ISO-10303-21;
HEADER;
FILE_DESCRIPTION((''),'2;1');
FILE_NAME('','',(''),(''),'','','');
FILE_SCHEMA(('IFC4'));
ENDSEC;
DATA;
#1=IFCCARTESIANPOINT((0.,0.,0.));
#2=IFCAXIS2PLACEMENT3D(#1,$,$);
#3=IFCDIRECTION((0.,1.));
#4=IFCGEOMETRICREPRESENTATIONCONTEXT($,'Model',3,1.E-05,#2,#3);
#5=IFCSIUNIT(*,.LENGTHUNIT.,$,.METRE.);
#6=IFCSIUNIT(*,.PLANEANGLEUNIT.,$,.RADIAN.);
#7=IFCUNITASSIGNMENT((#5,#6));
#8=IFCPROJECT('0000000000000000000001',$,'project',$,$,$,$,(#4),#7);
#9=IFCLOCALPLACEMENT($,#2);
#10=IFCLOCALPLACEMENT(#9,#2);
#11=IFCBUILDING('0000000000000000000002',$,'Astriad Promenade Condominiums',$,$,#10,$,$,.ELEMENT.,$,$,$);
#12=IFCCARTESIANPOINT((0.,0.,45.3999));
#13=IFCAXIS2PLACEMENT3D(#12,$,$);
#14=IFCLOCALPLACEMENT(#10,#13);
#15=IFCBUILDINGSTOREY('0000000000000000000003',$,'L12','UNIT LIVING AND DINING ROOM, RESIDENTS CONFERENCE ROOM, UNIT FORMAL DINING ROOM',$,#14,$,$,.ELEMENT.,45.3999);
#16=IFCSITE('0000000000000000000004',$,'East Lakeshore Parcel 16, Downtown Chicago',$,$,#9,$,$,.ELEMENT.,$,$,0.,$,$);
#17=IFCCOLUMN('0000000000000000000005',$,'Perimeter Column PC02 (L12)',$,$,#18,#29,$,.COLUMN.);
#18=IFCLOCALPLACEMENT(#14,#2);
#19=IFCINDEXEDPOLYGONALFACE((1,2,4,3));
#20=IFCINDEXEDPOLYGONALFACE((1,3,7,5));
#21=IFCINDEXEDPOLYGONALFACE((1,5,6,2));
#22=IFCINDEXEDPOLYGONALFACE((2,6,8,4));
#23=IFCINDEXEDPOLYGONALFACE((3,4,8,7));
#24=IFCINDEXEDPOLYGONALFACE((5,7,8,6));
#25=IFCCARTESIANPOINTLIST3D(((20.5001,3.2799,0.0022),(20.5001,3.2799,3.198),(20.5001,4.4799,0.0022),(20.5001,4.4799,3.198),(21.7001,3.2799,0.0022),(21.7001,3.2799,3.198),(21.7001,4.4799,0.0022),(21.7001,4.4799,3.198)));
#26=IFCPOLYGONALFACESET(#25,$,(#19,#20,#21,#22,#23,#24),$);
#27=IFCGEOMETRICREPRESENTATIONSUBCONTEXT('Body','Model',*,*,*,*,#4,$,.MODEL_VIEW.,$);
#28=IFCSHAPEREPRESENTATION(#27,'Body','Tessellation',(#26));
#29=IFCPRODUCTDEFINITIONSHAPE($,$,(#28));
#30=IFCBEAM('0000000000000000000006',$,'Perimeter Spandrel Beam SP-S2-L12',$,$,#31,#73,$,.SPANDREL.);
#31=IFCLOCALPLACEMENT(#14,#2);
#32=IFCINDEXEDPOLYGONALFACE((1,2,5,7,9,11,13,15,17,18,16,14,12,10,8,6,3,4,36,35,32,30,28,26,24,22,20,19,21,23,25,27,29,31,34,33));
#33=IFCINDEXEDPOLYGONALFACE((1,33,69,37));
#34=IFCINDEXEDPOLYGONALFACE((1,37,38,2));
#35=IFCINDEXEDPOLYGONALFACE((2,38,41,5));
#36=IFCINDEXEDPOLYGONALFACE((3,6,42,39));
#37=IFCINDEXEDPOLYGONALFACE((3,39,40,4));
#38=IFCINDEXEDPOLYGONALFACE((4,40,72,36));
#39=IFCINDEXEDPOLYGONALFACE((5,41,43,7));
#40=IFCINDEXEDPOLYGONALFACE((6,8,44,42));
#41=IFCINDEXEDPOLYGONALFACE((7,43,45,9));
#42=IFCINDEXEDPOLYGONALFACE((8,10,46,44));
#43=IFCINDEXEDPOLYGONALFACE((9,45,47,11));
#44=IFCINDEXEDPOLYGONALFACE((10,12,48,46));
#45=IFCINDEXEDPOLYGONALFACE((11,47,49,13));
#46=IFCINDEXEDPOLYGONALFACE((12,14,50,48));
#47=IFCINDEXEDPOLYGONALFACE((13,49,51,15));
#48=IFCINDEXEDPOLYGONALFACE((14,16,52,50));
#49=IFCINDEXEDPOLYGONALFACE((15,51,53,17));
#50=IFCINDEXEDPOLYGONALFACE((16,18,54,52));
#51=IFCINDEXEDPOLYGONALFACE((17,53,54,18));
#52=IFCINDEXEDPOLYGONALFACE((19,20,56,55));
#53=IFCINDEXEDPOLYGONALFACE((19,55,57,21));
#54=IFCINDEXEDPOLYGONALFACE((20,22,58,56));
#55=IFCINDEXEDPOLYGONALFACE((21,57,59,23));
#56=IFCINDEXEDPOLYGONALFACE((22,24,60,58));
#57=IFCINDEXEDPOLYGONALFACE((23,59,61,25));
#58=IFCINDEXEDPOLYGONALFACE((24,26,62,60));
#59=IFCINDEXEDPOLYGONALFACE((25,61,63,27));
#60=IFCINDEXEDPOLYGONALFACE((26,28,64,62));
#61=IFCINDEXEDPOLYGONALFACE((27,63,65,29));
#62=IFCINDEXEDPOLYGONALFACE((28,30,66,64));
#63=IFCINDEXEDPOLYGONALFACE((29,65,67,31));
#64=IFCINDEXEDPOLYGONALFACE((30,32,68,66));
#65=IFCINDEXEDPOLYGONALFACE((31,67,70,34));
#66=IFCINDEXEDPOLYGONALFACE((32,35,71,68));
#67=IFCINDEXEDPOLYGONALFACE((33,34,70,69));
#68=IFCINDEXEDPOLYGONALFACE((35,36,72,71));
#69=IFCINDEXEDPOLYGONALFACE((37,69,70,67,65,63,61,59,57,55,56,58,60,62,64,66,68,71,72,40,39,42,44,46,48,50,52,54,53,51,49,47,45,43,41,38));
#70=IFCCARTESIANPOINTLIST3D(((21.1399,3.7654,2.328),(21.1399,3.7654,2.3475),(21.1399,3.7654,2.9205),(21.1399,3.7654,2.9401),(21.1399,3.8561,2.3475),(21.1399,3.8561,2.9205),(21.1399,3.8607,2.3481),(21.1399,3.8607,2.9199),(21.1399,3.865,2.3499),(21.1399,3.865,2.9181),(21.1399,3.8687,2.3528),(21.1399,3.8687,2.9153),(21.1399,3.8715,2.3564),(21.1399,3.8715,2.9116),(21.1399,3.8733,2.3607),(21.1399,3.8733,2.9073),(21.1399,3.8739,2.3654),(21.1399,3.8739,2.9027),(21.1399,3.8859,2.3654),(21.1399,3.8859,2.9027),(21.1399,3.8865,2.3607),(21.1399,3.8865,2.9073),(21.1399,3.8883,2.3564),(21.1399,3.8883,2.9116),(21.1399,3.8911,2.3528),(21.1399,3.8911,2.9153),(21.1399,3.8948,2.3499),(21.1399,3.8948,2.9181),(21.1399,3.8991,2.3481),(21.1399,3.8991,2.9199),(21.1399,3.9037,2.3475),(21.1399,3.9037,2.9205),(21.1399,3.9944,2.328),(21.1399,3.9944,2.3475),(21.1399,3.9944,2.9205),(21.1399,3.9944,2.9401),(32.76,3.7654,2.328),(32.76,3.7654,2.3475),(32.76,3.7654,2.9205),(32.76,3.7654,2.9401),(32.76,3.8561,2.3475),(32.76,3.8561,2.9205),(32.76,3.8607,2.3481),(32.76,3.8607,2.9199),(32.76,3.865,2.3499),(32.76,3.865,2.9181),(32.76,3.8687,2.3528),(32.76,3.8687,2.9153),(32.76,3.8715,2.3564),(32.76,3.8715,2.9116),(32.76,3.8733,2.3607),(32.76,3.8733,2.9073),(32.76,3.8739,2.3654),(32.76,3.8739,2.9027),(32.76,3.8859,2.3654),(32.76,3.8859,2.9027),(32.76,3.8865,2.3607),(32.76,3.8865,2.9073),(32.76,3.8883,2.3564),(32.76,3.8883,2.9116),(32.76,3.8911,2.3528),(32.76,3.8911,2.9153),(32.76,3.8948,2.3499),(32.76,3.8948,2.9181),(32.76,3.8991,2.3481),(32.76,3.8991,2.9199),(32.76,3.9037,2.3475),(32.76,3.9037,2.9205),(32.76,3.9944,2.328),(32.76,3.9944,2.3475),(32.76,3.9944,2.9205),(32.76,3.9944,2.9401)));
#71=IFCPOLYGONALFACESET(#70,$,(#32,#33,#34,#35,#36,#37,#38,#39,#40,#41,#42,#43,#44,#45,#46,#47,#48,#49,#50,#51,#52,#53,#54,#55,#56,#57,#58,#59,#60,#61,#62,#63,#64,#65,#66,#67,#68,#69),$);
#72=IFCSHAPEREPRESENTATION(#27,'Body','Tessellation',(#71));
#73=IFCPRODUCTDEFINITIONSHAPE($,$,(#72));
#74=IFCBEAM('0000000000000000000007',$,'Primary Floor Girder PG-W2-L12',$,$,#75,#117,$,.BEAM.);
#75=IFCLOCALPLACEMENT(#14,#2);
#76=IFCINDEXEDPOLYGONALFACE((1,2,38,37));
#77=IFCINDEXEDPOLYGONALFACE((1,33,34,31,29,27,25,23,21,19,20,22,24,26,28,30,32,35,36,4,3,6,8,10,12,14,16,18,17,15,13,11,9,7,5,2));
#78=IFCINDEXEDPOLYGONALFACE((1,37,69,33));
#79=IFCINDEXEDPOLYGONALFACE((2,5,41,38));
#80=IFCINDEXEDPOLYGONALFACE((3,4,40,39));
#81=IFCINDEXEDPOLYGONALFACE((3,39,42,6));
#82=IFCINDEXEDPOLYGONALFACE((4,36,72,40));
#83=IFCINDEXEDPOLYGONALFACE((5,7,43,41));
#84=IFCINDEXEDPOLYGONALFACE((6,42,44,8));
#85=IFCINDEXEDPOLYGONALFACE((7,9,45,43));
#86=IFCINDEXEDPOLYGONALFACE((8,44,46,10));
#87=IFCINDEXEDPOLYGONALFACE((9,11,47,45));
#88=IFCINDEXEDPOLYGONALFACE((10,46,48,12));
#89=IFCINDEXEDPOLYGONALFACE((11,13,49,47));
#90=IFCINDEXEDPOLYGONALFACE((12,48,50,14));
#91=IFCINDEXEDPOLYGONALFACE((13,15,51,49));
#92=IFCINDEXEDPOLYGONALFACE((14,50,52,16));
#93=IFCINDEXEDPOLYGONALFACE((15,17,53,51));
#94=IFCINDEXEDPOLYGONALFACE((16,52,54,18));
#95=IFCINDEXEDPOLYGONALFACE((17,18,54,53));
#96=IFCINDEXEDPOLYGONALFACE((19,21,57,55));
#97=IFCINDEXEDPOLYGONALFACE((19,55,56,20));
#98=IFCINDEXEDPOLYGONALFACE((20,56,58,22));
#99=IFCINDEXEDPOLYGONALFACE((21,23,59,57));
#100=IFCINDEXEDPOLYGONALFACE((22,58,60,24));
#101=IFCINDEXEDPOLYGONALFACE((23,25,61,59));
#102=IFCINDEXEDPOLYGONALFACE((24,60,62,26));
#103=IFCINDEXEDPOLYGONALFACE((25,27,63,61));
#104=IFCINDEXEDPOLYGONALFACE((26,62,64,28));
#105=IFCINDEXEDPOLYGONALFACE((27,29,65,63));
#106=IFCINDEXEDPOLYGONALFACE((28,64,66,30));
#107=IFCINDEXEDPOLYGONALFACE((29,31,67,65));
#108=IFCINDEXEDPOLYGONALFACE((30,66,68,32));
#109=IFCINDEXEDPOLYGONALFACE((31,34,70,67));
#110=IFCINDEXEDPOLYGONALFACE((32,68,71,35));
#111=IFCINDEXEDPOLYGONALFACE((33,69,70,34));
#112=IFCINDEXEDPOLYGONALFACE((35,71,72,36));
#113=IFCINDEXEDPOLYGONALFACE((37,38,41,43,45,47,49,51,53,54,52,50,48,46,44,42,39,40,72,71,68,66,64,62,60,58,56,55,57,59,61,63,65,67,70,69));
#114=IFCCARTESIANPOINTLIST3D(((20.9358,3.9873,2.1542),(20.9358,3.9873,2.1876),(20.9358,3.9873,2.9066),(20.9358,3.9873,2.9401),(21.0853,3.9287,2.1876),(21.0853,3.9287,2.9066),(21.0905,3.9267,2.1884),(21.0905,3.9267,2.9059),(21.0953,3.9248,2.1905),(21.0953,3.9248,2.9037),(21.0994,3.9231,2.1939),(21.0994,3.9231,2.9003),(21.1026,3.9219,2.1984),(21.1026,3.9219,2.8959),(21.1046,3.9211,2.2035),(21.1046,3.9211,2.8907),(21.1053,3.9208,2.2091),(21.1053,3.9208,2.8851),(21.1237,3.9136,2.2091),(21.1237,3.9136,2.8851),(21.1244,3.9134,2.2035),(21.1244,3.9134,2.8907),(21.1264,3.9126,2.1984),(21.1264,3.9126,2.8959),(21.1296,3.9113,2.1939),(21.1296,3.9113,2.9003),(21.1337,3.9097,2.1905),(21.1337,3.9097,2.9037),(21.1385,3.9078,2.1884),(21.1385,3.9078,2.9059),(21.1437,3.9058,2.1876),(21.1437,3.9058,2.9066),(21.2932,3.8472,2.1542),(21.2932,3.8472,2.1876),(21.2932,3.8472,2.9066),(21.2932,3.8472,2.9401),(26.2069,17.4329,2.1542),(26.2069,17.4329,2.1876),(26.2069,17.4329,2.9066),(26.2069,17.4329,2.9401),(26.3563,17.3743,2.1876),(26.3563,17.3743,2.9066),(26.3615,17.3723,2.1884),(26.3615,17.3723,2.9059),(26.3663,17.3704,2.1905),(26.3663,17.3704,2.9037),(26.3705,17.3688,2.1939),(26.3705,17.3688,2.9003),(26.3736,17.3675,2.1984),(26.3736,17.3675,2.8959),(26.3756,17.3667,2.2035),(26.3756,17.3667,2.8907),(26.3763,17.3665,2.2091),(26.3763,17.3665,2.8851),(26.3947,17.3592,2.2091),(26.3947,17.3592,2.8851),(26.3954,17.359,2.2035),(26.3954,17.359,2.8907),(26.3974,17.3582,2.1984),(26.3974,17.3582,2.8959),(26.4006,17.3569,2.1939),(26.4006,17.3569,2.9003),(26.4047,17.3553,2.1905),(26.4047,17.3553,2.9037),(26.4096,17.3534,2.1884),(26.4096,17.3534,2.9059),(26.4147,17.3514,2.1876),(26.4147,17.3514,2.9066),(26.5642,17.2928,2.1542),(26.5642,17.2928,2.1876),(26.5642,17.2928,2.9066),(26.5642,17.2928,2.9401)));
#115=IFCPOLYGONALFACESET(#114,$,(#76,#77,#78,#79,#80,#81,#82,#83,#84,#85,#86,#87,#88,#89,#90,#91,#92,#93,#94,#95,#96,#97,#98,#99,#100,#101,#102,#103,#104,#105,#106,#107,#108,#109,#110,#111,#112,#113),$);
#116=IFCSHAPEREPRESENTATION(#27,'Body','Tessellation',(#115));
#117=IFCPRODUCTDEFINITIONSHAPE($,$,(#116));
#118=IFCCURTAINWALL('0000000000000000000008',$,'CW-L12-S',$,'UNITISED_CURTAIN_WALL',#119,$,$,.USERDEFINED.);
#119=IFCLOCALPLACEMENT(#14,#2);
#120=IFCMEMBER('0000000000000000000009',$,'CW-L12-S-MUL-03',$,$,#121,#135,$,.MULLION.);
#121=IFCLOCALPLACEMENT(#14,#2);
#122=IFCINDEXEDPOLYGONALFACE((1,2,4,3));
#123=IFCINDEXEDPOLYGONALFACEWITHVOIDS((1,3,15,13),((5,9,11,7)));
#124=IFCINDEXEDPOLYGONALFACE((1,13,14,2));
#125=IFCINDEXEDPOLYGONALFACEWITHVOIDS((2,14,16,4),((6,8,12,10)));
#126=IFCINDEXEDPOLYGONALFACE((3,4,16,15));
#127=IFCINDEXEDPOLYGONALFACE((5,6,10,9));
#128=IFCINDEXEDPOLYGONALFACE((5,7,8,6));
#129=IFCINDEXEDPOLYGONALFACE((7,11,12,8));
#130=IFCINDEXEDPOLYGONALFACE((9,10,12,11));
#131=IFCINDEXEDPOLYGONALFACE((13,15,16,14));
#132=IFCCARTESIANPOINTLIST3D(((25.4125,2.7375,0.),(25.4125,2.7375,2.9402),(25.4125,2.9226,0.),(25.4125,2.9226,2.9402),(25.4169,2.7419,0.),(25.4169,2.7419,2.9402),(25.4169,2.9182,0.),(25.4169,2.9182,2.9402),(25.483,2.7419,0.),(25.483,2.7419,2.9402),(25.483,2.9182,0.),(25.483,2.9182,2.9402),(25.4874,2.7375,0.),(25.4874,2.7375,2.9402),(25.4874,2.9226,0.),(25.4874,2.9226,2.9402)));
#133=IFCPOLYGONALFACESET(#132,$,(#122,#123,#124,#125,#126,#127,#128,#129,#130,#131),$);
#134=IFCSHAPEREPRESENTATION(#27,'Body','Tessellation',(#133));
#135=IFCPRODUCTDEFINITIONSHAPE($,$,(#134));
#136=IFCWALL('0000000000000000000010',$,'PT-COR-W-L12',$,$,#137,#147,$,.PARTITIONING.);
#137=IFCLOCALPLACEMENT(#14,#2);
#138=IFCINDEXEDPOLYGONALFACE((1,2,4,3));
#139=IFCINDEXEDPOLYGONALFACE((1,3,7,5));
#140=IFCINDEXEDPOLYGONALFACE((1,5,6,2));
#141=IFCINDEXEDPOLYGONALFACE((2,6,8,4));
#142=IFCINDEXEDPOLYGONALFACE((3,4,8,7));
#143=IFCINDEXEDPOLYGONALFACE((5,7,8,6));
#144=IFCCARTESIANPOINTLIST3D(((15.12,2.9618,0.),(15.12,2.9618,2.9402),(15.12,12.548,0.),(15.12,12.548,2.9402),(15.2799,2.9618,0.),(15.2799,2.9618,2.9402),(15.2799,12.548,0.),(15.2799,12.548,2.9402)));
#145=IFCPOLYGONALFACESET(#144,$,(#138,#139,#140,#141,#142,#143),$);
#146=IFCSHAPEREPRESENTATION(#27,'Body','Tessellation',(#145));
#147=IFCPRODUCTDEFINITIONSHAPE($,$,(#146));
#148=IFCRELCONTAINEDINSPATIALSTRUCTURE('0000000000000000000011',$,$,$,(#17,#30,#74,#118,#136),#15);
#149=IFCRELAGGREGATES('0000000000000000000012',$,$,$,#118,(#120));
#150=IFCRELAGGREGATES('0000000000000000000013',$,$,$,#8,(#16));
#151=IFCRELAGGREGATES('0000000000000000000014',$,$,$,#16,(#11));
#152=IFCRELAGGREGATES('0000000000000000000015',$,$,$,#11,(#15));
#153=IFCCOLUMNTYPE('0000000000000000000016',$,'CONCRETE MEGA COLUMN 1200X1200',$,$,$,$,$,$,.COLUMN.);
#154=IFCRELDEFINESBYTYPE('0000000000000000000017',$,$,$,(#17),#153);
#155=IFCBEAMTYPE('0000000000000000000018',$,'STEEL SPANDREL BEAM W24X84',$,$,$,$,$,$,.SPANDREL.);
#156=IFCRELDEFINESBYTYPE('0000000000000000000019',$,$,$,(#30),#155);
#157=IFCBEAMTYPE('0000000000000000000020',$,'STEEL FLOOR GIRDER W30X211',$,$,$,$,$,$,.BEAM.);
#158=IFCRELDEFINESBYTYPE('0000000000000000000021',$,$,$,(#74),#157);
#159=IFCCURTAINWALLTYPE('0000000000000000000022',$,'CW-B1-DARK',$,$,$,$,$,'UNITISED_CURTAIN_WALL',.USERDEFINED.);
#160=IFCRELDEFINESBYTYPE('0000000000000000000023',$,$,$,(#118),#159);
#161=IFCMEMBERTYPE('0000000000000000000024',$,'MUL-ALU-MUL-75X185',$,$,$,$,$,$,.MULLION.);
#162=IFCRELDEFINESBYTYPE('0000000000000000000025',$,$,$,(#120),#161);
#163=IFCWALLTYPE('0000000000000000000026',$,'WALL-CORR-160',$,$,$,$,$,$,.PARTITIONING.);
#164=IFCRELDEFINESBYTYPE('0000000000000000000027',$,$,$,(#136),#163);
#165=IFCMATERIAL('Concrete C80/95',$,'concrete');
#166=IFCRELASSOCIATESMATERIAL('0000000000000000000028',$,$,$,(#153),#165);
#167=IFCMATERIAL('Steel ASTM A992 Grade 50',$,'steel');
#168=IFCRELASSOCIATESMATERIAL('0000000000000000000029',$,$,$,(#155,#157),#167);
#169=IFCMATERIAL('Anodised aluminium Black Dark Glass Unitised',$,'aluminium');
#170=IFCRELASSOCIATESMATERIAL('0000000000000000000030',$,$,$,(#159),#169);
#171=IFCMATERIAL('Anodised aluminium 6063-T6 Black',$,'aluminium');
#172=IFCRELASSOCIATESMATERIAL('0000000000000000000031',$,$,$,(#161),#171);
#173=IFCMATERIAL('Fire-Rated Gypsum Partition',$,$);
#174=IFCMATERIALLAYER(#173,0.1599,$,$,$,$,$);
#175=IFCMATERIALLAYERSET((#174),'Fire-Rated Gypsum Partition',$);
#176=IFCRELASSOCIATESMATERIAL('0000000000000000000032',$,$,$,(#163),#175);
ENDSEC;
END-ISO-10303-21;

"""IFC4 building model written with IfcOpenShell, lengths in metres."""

from ifc_helpers import new_model, si_unit, direction, frame, frame_2d, origin, origin_2d, place, context, subcontext, project, spatial, rectangle, hollow_rectangle, i_section, extrude, source, transform, mapped, material, layer, layer_set, material_profile, profile_set, type_object, type_shapes, element, aggregate, save


model = new_model("IFC4")

# Units and contexts
model_context = context("Model", 3, precision=1e-05, world=origin(), true_north=direction((0.0, 1.0)))
body_context = subcontext(model_context, "Body", "Model", "MODEL_VIEW")
ifc_project = project(units=[si_unit("LENGTHUNIT", "METRE"), si_unit("PLANEANGLEUNIT", "RADIAN")], contexts=[model_context])

# Site, building, storey
site_placement = place(None, origin())
site = spatial("IfcSite", under=ifc_project, at=site_placement, Name="East Lakeshore Parcel 16, Downtown Chicago", CompositionType="ELEMENT", RefElevation=0.0)
building_placement = place(site_placement, origin())
building = spatial("IfcBuilding", under=site, at=building_placement, Name="Astriad Promenade Condominiums", CompositionType="ELEMENT")
storey_placement = place(building_placement, frame((0.0, 0.0, 45.3999)))
storey = spatial("IfcBuildingStorey", under=building, at=storey_placement, Name="L12", Description="UNIT LIVING AND DINING ROOM, RESIDENTS CONFERENCE ROOM, UNIT FORMAL DINING ROOM", CompositionType="ELEMENT", Elevation=45.3999)

# Column
ifc_material_1 = material(Name="Concrete C80/95", Category="concrete")
ifc_material_profile_1 = material_profile(ifc_material_1, rectangle(XDim=1.2, YDim=1.2, at=origin_2d()), Name="RC-COL-1200X1200")
ifc_profile_set_1 = profile_set([ifc_material_profile_1], Name="Concrete C80/95")
column_type = type_object("IfcColumnType", Name="CONCRETE MEGA COLUMN 1200X1200", PredefinedType="COLUMN", material=ifc_profile_set_1)
shared_shape_1 = source(origin(), body_context, "Body", "SweptSolid", [
    extrude(rectangle(XDim=1.2, YDim=1.2, at=origin_2d()), origin(), (0.0, 0.0, 1.0), 3.1958),
])
type_shapes(column_type, [shared_shape_1])
column_placement = place(storey_placement, frame((21.1001, 3.8799, 0.0022), z_axis=(0.0, 0.0, 1.0), x_axis=(1.0, 0.0, 0.0)))
element("IfcColumn", 1, at=column_placement, inside=storey, type_object=column_type, Name="Perimeter Column PC02 (L12)", PredefinedType="COLUMN", context=body_context, shape_type="MappedRepresentation", body=[
    mapped(shared_shape_1, transform((0.0, 0.0, 0.0), scale=1.0)),
])

# Beams
ifc_material_2 = material(Name="Steel ASTM A992 Grade 50", Category="steel")
ifc_material_profile_2 = material_profile(ifc_material_2, i_section(OverallWidth=0.229, OverallDepth=0.6121, WebThickness=0.012, FlangeThickness=0.0195, FilletRadius=0.0178, at=origin_2d()), Name="W24X84")
ifc_profile_set_2 = profile_set([ifc_material_profile_2], Name="Steel ASTM A992 Grade 50")
beam_type_1 = type_object("IfcBeamType", Name="STEEL SPANDREL BEAM W24X84", PredefinedType="SPANDREL", material=ifc_profile_set_2)
shared_shape_2 = source(origin(), body_context, "Body", "SweptSolid", [
    extrude(i_section(OverallWidth=0.229, OverallDepth=0.6121, WebThickness=0.012, FlangeThickness=0.0195, FilletRadius=0.0178, at=origin_2d()), origin(), (0.0, 0.0, 1.0), 11.6201),
])
type_shapes(beam_type_1, [shared_shape_2])
beam_1_placement = place(storey_placement, frame((21.1399, 3.8799, 2.634), z_axis=(1.0, 0.0, 0.0), x_axis=(0.0, 1.0, 0.0)))
element("IfcBeam", 2, at=beam_1_placement, inside=storey, type_object=beam_type_1, Name="Perimeter Spandrel Beam SP-S2-L12", PredefinedType="SPANDREL", context=body_context, shape_type="MappedRepresentation", body=[
    mapped(shared_shape_2, transform((0.0, 0.0, 0.0), scale=1.0)),
])
ifc_material_profile_3 = material_profile(ifc_material_2, i_section(OverallWidth=0.3838, OverallDepth=0.7859, WebThickness=0.0198, FlangeThickness=0.0334, FilletRadius=0.0215, at=origin_2d()), Name="W30X211")
ifc_profile_set_3 = profile_set([ifc_material_profile_3], Name="Steel ASTM A992 Grade 50")
beam_type_2 = type_object("IfcBeamType", Name="STEEL FLOOR GIRDER W30X211", PredefinedType="BEAM", material=ifc_profile_set_3)
shared_shape_3 = source(origin(), body_context, "Body", "SweptSolid", [
    extrude(i_section(OverallWidth=0.3838, OverallDepth=0.7859, WebThickness=0.0198, FlangeThickness=0.0334, FilletRadius=0.0215, at=origin_2d()), origin(), (0.0, 0.0, 1.0), 14.4419),
])
type_shapes(beam_type_2, [shared_shape_3])
beam_2_placement = place(storey_placement, frame((21.1145, 3.9172, 2.5471), z_axis=(0.364981, 0.931015, 0.0), x_axis=(-0.931015, 0.364981, 0.0)))
element("IfcBeam", 3, at=beam_2_placement, inside=storey, type_object=beam_type_2, Name="Primary Floor Girder PG-W2-L12", PredefinedType="BEAM", context=body_context, shape_type="MappedRepresentation", body=[
    mapped(shared_shape_3, transform((0.0, 0.0, 0.0), scale=1.0)),
])

# Curtain wall, member
ifc_material_3 = material(Name="Anodised aluminium Black Dark Glass Unitised", Category="aluminium")
curtain_wall_type = type_object("IfcCurtainWallType", Name="CW-B1-DARK", ElementType="UNITISED_CURTAIN_WALL", PredefinedType="USERDEFINED", material=ifc_material_3)
curtain_wall_placement = place(storey_placement, origin())
curtain_wall = element("IfcCurtainWall", 4, at=curtain_wall_placement, inside=storey, type_object=curtain_wall_type, Name="CW-L12-S", ObjectType="UNITISED_CURTAIN_WALL", PredefinedType="USERDEFINED")
ifc_material_4 = material(Name="Anodised aluminium 6063-T6 Black", Category="aluminium")
ifc_material_profile_4 = material_profile(ifc_material_4, hollow_rectangle(XDim=0.075, YDim=0.1851, WallThickness=0.0044, at=origin_2d()), Name="ALU-MUL-75X185")
ifc_profile_set_4 = profile_set([ifc_material_profile_4], Name="Anodised aluminium 6063-T6 Black")
member_type = type_object("IfcMemberType", Name="MUL-ALU-MUL-75X185", PredefinedType="MULLION", material=ifc_profile_set_4)
shared_shape_4 = source(origin(), body_context, "Body", "SweptSolid", [
    extrude(hollow_rectangle(XDim=0.075, YDim=0.1851, WallThickness=0.0044, at=origin_2d()), origin(), (0.0, 0.0, 1.0), 2.9402),
])
type_shapes(member_type, [shared_shape_4])
member_placement = place(storey_placement, frame((25.45, 2.8301, 0.0), z_axis=(0.0, 0.0, 1.0), x_axis=(1.0, 0.0, 0.0)))
member = element("IfcMember", 5, at=member_placement, type_object=member_type, Name="CW-L12-S-MUL-03", PredefinedType="MULLION", context=body_context, shape_type="MappedRepresentation", body=[
    mapped(shared_shape_4, transform((0.0, 0.0, 0.0), scale=1.0)),
])
aggregate(curtain_wall, [member])

# Wall
ifc_material_5 = material(Name="Fire-Rated Gypsum Partition")
ifc_layer_1 = layer(ifc_material_5, 0.1599)
ifc_layer_set_1 = layer_set([ifc_layer_1], Name="Fire-Rated Gypsum Partition")
wall_type_1 = type_object("IfcWallType", Name="WALL-CORR-160", PredefinedType="PARTITIONING", material=ifc_layer_set_1)
wall_1_placement = place(storey_placement, frame((15.2, 2.9619, 0.0), z_axis=(0.0, 0.0, 1.0), x_axis=(0.0, 1.0, 0.0)))
element("IfcWall", 6, at=wall_1_placement, inside=storey, type_object=wall_type_1, Name="PT-COR-W-L12", PredefinedType="PARTITIONING", context=body_context, shape_type="SweptSolid", body=[
    extrude(rectangle(XDim=9.5862, YDim=0.1599, at=frame_2d((4.793, 0.0))), origin(), (0.0, 0.0, 1.0), 2.9402),
])

save(model, "model.ifc")
